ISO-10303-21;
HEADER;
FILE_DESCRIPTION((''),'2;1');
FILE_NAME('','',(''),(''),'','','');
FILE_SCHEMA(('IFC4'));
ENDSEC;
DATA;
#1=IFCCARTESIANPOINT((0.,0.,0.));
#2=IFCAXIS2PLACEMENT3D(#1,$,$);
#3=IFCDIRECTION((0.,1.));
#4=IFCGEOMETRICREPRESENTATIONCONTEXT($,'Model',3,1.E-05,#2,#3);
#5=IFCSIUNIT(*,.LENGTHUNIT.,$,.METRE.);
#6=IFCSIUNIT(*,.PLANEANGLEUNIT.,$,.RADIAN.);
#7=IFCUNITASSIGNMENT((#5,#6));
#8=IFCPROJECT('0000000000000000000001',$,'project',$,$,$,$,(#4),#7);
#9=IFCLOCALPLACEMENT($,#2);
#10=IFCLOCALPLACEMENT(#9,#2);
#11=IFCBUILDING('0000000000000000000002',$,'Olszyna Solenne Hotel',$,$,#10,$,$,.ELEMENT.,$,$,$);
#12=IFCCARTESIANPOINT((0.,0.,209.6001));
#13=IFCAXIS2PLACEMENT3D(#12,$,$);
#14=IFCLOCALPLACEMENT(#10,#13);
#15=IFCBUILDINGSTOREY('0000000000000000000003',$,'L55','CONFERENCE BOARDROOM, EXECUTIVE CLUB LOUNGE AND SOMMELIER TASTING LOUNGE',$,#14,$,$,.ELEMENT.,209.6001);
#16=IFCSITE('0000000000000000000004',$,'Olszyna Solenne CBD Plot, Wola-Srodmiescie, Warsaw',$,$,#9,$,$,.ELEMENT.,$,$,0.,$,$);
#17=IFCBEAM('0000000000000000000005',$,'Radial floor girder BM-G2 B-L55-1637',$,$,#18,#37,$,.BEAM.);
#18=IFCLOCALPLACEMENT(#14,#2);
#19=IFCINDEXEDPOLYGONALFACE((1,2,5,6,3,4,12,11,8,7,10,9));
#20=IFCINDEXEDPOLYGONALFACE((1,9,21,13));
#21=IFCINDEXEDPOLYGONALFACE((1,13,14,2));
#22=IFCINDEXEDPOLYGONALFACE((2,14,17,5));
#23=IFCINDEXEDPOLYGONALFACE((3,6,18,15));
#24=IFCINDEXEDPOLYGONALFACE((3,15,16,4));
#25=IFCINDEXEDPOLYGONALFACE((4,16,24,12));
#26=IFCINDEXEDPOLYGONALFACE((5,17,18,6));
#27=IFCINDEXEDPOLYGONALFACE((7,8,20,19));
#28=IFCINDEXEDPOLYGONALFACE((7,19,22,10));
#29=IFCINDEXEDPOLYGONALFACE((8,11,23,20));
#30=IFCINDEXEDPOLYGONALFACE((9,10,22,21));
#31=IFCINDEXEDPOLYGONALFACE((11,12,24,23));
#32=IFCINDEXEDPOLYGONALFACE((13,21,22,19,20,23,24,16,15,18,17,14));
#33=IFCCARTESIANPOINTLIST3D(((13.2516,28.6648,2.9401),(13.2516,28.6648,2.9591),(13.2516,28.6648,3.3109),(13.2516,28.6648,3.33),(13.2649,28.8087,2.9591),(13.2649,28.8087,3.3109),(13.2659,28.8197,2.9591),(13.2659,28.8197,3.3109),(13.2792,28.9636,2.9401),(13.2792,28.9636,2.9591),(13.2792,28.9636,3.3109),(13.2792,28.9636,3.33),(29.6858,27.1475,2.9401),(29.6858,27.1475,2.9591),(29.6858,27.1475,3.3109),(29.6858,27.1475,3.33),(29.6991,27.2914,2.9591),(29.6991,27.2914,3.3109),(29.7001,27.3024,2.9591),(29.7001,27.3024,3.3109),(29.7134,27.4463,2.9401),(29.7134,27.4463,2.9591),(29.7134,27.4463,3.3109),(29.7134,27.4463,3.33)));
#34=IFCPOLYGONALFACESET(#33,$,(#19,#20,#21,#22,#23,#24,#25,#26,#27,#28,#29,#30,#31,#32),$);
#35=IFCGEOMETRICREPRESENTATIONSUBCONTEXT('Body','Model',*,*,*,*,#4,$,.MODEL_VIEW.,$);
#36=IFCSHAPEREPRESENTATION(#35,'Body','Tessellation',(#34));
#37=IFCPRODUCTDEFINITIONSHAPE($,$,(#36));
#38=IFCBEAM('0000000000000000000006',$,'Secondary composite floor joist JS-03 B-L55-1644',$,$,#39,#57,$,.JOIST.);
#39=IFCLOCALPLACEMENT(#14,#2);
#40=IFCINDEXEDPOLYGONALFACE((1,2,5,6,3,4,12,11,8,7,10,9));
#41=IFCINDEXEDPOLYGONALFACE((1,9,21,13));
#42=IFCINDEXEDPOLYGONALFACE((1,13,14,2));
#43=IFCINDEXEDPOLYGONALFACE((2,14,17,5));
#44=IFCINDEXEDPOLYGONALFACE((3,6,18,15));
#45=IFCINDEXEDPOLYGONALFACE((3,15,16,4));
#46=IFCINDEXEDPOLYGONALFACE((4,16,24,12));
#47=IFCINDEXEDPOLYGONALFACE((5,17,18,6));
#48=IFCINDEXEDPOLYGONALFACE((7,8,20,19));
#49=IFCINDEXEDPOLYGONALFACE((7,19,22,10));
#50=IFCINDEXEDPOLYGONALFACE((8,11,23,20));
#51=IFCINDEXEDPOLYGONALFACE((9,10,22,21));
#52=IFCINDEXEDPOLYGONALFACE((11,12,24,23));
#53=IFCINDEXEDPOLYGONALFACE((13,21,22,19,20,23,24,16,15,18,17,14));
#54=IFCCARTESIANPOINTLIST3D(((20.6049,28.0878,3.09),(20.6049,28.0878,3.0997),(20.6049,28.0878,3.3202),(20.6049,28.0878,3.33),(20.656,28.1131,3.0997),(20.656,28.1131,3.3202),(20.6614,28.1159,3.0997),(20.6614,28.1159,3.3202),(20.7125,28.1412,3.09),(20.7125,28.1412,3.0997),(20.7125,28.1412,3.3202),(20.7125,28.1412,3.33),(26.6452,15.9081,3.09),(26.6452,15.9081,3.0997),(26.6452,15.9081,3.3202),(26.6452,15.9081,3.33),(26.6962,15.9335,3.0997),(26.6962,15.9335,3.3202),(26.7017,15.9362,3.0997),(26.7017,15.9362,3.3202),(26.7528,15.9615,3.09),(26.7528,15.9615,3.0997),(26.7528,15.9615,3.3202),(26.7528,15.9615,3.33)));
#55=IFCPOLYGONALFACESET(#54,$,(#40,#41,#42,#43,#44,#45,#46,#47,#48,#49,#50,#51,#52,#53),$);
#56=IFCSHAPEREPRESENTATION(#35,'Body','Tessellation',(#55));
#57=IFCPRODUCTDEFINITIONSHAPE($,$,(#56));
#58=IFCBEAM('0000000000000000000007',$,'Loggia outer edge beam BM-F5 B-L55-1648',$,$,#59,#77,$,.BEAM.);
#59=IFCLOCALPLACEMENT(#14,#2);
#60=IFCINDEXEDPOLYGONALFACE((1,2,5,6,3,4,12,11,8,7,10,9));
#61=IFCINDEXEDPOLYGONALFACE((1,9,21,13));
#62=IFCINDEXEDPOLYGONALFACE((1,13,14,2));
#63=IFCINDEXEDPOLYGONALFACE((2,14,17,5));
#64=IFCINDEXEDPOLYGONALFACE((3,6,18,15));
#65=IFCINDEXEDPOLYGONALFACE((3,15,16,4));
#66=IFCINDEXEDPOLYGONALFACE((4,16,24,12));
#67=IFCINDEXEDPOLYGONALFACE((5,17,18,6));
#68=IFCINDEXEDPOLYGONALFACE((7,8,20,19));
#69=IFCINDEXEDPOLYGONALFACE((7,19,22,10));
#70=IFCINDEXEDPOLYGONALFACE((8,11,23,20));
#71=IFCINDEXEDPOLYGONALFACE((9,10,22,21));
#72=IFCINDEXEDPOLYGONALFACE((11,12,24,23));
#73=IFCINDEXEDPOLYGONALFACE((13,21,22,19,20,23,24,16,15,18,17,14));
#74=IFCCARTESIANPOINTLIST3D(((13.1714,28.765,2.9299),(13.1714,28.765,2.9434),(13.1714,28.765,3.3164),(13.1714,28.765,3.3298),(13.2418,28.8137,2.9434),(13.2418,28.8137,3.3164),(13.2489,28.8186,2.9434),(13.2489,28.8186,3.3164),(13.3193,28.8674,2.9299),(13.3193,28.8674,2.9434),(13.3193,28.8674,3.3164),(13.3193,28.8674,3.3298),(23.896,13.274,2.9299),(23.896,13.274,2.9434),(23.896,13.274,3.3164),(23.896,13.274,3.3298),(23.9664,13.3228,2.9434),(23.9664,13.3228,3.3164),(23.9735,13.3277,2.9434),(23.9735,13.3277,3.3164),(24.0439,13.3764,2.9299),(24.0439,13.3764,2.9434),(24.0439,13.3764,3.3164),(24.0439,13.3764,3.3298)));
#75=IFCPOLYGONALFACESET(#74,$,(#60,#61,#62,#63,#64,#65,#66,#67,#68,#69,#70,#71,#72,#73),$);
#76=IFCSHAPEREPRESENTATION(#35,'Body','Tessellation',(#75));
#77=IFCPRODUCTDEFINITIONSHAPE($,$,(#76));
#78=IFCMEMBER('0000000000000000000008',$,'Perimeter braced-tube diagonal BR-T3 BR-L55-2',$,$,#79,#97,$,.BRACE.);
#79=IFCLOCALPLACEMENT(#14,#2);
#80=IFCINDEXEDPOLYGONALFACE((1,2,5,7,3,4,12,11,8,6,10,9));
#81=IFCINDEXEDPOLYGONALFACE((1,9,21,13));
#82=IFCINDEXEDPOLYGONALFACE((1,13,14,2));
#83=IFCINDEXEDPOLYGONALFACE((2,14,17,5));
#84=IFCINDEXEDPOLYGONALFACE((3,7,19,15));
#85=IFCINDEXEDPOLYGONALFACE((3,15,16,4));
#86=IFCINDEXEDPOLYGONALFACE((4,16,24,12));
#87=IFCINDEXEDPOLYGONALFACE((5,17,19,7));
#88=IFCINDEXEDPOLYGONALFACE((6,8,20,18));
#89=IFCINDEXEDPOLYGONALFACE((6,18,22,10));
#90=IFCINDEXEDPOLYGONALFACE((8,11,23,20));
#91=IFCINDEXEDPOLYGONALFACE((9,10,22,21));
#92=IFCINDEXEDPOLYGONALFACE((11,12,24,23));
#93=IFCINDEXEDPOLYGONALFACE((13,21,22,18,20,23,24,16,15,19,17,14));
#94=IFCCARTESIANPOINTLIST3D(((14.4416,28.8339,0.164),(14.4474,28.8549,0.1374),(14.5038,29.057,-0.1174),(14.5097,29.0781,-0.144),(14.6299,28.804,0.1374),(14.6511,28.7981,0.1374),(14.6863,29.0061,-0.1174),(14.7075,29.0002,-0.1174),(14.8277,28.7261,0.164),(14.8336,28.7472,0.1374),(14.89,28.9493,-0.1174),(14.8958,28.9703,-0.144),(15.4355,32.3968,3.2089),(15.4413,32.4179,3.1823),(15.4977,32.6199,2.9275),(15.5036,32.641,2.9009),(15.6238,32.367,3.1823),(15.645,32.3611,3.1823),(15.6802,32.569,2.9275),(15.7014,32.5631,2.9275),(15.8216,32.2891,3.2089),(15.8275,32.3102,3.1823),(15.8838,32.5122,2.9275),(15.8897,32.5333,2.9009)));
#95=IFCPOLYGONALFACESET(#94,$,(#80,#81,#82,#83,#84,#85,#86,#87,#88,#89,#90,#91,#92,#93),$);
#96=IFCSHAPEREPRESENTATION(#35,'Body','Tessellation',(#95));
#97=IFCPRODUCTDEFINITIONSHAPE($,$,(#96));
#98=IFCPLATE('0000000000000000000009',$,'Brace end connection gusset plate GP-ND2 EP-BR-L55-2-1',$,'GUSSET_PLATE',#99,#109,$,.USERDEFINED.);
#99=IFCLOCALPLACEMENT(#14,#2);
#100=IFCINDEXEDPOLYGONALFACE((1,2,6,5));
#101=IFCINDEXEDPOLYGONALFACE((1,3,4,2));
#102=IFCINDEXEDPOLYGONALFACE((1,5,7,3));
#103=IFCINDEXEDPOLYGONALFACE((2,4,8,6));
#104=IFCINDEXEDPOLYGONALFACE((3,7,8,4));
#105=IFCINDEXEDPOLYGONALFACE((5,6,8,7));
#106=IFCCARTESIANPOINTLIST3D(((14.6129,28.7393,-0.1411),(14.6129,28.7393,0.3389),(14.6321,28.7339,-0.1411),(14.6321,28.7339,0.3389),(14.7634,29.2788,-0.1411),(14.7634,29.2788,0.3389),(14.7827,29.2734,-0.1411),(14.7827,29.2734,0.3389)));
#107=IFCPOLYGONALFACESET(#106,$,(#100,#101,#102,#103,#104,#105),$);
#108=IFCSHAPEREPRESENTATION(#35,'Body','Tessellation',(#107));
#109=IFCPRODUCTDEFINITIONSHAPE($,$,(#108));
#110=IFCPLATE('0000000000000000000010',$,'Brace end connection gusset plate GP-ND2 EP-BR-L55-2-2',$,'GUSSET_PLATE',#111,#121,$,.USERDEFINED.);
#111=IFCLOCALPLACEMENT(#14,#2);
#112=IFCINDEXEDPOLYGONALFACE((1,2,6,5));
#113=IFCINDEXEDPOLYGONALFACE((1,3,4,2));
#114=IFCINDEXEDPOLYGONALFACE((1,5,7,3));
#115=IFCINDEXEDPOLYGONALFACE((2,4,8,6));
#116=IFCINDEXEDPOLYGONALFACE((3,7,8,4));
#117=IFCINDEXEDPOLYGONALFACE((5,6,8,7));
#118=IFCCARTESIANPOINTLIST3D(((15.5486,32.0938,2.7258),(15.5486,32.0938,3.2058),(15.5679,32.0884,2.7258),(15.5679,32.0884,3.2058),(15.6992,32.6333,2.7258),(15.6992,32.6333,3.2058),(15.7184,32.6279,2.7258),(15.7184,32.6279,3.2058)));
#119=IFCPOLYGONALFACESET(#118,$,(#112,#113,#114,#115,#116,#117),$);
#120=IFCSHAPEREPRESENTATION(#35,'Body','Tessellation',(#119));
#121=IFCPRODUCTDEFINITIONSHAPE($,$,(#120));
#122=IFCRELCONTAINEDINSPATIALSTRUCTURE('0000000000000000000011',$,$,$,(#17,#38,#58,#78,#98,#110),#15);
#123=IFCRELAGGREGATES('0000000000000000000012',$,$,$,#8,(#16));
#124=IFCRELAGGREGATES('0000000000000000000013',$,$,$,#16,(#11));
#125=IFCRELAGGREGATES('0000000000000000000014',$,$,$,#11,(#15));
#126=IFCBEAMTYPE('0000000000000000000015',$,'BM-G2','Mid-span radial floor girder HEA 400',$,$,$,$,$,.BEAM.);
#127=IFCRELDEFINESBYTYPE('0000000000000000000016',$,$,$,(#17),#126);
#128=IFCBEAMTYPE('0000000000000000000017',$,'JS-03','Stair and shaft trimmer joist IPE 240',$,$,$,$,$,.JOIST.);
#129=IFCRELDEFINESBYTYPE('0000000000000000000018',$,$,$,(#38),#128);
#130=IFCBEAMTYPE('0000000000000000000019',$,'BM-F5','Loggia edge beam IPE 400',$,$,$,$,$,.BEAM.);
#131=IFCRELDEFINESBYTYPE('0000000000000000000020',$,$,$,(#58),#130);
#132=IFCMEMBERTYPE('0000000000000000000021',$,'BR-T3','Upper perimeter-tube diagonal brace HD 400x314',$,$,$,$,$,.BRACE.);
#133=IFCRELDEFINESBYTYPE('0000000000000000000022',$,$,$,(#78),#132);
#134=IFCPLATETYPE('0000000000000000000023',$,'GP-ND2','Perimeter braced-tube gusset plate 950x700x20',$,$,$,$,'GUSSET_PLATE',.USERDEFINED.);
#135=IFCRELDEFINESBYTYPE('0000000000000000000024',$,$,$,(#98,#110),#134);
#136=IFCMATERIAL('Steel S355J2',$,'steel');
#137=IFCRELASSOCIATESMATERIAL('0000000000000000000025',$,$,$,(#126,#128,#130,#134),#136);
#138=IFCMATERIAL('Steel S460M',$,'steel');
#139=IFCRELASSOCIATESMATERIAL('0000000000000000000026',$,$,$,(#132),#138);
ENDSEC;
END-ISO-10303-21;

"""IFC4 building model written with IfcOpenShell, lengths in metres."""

from ifc_helpers import new_model, si_unit, direction, frame, origin, origin_2d, place, context, subcontext, project, spatial, rectangle, i_section, extrude, source, transform, mapped, material, material_profile, profile_set, type_object, element, save


model = new_model("IFC4")

# Units and contexts
model_context = context("Model", 3, precision=1e-05, world=origin(), true_north=direction((0.0, 1.0)))
body_context = subcontext(model_context, "Body", "Model", "MODEL_VIEW")
ifc_project = project(units=[si_unit("LENGTHUNIT", "METRE"), si_unit("PLANEANGLEUNIT", "RADIAN")], contexts=[model_context])

# Site, building, storey
site_placement = place(None, origin())
site = spatial("IfcSite", under=ifc_project, at=site_placement, Name="Olszyna Solenne CBD Plot, Wola-Srodmiescie, Warsaw", CompositionType="ELEMENT", RefElevation=0.0)
building_placement = place(site_placement, origin())
building = spatial("IfcBuilding", under=site, at=building_placement, Name="Olszyna Solenne Hotel", CompositionType="ELEMENT")
storey_placement = place(building_placement, frame((0.0, 0.0, 209.6001)))
storey = spatial("IfcBuildingStorey", under=building, at=storey_placement, Name="L55", Description="CONFERENCE BOARDROOM, EXECUTIVE CLUB LOUNGE AND SOMMELIER TASTING LOUNGE", CompositionType="ELEMENT", Elevation=209.6001)

# Shared definitions
ifc_material_1 = material(Name="Steel S460M", Category="steel")

# Beams
ifc_material_2 = material(Name="Steel S355J2", Category="steel")
ifc_material_profile_1 = material_profile(ifc_material_2, i_section(OverallWidth=0.3, OverallDepth=0.3899, WebThickness=0.011, FlangeThickness=0.019, at=origin_2d()), Name="HEA 400", Category="load-bearing")
ifc_profile_set_1 = profile_set([ifc_material_profile_1], Name="Steel S355J2")
beam_type_1 = type_object("IfcBeamType", Name="BM-G2", Description="Mid-span radial floor girder HEA 400", PredefinedType="BEAM", material=ifc_profile_set_1)
shared_shape_1 = source(origin(), body_context, "Body", "SweptSolid", [
    extrude(i_section(OverallWidth=0.3, OverallDepth=0.3899, WebThickness=0.011, FlangeThickness=0.019, at=origin_2d()), origin(), (0.0, 0.0, 1.0), 16.5042),
])
beam_1_placement = place(storey_placement, frame((13.2654, 28.8142, 3.135), z_axis=(0.995765, -0.091936, 0.0), x_axis=(0.091936, 0.995765, 0.0)))
element("IfcBeam", 1, at=beam_1_placement, inside=storey, type_object=beam_type_1, Name="Radial floor girder BM-G2 B-L55-1637", PredefinedType="BEAM", context=body_context, shape_type="MappedRepresentation", body=[
    mapped(shared_shape_1, transform((0.0, 0.0, 0.0), x_axis=(1.0, 0.0, 0.0), y_axis=(0.0, 1.0, 0.0), z_axis=(0.0, 0.0, 1.0), scale=1.0)),
])
ifc_material_profile_2 = material_profile(ifc_material_2, i_section(OverallWidth=0.1201, OverallDepth=0.24, WebThickness=0.0061, FlangeThickness=0.0098, at=origin_2d()), Name="IPE 240", Category="load-bearing")
ifc_profile_set_2 = profile_set([ifc_material_profile_2], Name="Steel S355J2")
beam_type_2 = type_object("IfcBeamType", Name="JS-03", Description="Stair and shaft trimmer joist IPE 240", PredefinedType="JOIST", material=ifc_profile_set_2)
shared_shape_2 = source(origin(), body_context, "Body", "SweptSolid", [
    extrude(i_section(OverallWidth=0.1201, OverallDepth=0.24, WebThickness=0.0061, FlangeThickness=0.0098, at=origin_2d()), origin(), (0.0, 0.0, 1.0), 13.5952),
])
beam_2_placement = place(storey_placement, frame((20.6587, 28.1145, 3.21), z_axis=(0.444295, -0.895881, 0.0), x_axis=(0.895881, 0.444295, 0.0)))
element("IfcBeam", 2, at=beam_2_placement, inside=storey, type_object=beam_type_2, Name="Secondary composite floor joist JS-03 B-L55-1644", PredefinedType="JOIST", context=body_context, shape_type="MappedRepresentation", body=[
    mapped(shared_shape_2, transform((0.0, 0.0, 0.0), x_axis=(1.0, 0.0, 0.0), y_axis=(0.0, 1.0, 0.0), z_axis=(0.0, 0.0, 1.0), scale=1.0)),
])
ifc_material_profile_3 = material_profile(ifc_material_2, i_section(OverallWidth=0.1799, OverallDepth=0.3999, WebThickness=0.0085, FlangeThickness=0.0134, at=origin_2d()), Name="IPE 400", Category="load-bearing")
ifc_profile_set_3 = profile_set([ifc_material_profile_3], Name="Steel S355J2")
beam_type_3 = type_object("IfcBeamType", Name="BM-F5", Description="Loggia edge beam IPE 400", PredefinedType="BEAM", material=ifc_profile_set_3)
shared_shape_3 = source(origin(), body_context, "Body", "SweptSolid", [
    extrude(i_section(OverallWidth=0.1799, OverallDepth=0.3999, WebThickness=0.0085, FlangeThickness=0.0134, at=origin_2d()), origin(), (0.0, 0.0, 1.0), 18.8411),
])
beam_3_placement = place(storey_placement, frame((13.2454, 28.8162, 3.1299), z_axis=(0.569213, -0.82219, 0.0), x_axis=(0.82219, 0.569213, 0.0)))
element("IfcBeam", 3, at=beam_3_placement, inside=storey, type_object=beam_type_3, Name="Loggia outer edge beam BM-F5 B-L55-1648", PredefinedType="BEAM", context=body_context, shape_type="MappedRepresentation", body=[
    mapped(shared_shape_3, transform((0.0, 0.0, 0.0), x_axis=(1.0, 0.0, 0.0), y_axis=(0.0, 1.0, 0.0), z_axis=(0.0, 0.0, 1.0), scale=1.0)),
])

# Member
ifc_material_profile_4 = material_profile(ifc_material_1, i_section(OverallWidth=0.4009, OverallDepth=0.3989, WebThickness=0.022, FlangeThickness=0.0344, at=origin_2d()), Name="HD 400x314", Category="load-bearing")
ifc_profile_set_4 = profile_set([ifc_material_profile_4], Name="Steel S460M")
member_type = type_object("IfcMemberType", Name="BR-T3", Description="Upper perimeter-tube diagonal brace HD 400x314", PredefinedType="BRACE", material=ifc_profile_set_4)
shared_shape_4 = source(origin(), body_context, "Body", "SweptSolid", [
    extrude(i_section(OverallWidth=0.4009, OverallDepth=0.3989, WebThickness=0.022, FlangeThickness=0.0344, at=origin_2d()), origin(), (0.0, 0.0, 1.0), 4.791),
])
member_placement = place(storey_placement, frame((14.6687, 28.9021, 0.01), z_axis=(0.207448, 0.743674, 0.635542), x_axis=(-0.963226, 0.268692, 0.0)))
element("IfcMember", 4, at=member_placement, inside=storey, type_object=member_type, Name="Perimeter braced-tube diagonal BR-T3 BR-L55-2", PredefinedType="BRACE", context=body_context, shape_type="MappedRepresentation", body=[
    mapped(shared_shape_4, transform((0.0, 0.0, 0.0), x_axis=(1.0, 0.0, 0.0), y_axis=(0.0, 1.0, 0.0), z_axis=(0.0, 0.0, 1.0), scale=1.0)),
])

# Plates
plate_type = type_object("IfcPlateType", Name="GP-ND2", Description="Perimeter braced-tube gusset plate 950x700x20", ElementType="GUSSET_PLATE", PredefinedType="USERDEFINED", material=ifc_material_2)
shared_shape_5 = source(origin(), body_context, "Body", "SweptSolid", [
    extrude(rectangle(XDim=0.5601, YDim=0.02, at=origin_2d()), origin(), (0.0, 0.0, 1.0), 0.48),
])
for number, where, z_axis, x_axis, name in (
    (5, (14.6978, 29.0063, -0.1411), (0.0, 0.0, 1.0), (0.268752, 0.963209, 0.0), "Brace end connection gusset plate GP-ND2 EP-BR-L55-2-1"),
    (6, (15.6335, 32.3608, 2.7258), (0.0, 0.0, 1.0), (0.268752, 0.963209, 0.0), "Brace end connection gusset plate GP-ND2 EP-BR-L55-2-2"),
):
    element("IfcPlate", number, at=place(storey_placement, frame(where, z_axis=z_axis, x_axis=x_axis)), inside=storey, type_object=plate_type, Name=name, ObjectType="GUSSET_PLATE", PredefinedType="USERDEFINED", context=body_context, shape_type="MappedRepresentation", body=[
        mapped(shared_shape_5, transform((0.0, 0.0, 0.0), x_axis=(1.0, 0.0, 0.0), y_axis=(0.0, 1.0, 0.0), z_axis=(0.0, 0.0, 1.0), scale=1.0)),
    ])

save(model, "model.ifc")
